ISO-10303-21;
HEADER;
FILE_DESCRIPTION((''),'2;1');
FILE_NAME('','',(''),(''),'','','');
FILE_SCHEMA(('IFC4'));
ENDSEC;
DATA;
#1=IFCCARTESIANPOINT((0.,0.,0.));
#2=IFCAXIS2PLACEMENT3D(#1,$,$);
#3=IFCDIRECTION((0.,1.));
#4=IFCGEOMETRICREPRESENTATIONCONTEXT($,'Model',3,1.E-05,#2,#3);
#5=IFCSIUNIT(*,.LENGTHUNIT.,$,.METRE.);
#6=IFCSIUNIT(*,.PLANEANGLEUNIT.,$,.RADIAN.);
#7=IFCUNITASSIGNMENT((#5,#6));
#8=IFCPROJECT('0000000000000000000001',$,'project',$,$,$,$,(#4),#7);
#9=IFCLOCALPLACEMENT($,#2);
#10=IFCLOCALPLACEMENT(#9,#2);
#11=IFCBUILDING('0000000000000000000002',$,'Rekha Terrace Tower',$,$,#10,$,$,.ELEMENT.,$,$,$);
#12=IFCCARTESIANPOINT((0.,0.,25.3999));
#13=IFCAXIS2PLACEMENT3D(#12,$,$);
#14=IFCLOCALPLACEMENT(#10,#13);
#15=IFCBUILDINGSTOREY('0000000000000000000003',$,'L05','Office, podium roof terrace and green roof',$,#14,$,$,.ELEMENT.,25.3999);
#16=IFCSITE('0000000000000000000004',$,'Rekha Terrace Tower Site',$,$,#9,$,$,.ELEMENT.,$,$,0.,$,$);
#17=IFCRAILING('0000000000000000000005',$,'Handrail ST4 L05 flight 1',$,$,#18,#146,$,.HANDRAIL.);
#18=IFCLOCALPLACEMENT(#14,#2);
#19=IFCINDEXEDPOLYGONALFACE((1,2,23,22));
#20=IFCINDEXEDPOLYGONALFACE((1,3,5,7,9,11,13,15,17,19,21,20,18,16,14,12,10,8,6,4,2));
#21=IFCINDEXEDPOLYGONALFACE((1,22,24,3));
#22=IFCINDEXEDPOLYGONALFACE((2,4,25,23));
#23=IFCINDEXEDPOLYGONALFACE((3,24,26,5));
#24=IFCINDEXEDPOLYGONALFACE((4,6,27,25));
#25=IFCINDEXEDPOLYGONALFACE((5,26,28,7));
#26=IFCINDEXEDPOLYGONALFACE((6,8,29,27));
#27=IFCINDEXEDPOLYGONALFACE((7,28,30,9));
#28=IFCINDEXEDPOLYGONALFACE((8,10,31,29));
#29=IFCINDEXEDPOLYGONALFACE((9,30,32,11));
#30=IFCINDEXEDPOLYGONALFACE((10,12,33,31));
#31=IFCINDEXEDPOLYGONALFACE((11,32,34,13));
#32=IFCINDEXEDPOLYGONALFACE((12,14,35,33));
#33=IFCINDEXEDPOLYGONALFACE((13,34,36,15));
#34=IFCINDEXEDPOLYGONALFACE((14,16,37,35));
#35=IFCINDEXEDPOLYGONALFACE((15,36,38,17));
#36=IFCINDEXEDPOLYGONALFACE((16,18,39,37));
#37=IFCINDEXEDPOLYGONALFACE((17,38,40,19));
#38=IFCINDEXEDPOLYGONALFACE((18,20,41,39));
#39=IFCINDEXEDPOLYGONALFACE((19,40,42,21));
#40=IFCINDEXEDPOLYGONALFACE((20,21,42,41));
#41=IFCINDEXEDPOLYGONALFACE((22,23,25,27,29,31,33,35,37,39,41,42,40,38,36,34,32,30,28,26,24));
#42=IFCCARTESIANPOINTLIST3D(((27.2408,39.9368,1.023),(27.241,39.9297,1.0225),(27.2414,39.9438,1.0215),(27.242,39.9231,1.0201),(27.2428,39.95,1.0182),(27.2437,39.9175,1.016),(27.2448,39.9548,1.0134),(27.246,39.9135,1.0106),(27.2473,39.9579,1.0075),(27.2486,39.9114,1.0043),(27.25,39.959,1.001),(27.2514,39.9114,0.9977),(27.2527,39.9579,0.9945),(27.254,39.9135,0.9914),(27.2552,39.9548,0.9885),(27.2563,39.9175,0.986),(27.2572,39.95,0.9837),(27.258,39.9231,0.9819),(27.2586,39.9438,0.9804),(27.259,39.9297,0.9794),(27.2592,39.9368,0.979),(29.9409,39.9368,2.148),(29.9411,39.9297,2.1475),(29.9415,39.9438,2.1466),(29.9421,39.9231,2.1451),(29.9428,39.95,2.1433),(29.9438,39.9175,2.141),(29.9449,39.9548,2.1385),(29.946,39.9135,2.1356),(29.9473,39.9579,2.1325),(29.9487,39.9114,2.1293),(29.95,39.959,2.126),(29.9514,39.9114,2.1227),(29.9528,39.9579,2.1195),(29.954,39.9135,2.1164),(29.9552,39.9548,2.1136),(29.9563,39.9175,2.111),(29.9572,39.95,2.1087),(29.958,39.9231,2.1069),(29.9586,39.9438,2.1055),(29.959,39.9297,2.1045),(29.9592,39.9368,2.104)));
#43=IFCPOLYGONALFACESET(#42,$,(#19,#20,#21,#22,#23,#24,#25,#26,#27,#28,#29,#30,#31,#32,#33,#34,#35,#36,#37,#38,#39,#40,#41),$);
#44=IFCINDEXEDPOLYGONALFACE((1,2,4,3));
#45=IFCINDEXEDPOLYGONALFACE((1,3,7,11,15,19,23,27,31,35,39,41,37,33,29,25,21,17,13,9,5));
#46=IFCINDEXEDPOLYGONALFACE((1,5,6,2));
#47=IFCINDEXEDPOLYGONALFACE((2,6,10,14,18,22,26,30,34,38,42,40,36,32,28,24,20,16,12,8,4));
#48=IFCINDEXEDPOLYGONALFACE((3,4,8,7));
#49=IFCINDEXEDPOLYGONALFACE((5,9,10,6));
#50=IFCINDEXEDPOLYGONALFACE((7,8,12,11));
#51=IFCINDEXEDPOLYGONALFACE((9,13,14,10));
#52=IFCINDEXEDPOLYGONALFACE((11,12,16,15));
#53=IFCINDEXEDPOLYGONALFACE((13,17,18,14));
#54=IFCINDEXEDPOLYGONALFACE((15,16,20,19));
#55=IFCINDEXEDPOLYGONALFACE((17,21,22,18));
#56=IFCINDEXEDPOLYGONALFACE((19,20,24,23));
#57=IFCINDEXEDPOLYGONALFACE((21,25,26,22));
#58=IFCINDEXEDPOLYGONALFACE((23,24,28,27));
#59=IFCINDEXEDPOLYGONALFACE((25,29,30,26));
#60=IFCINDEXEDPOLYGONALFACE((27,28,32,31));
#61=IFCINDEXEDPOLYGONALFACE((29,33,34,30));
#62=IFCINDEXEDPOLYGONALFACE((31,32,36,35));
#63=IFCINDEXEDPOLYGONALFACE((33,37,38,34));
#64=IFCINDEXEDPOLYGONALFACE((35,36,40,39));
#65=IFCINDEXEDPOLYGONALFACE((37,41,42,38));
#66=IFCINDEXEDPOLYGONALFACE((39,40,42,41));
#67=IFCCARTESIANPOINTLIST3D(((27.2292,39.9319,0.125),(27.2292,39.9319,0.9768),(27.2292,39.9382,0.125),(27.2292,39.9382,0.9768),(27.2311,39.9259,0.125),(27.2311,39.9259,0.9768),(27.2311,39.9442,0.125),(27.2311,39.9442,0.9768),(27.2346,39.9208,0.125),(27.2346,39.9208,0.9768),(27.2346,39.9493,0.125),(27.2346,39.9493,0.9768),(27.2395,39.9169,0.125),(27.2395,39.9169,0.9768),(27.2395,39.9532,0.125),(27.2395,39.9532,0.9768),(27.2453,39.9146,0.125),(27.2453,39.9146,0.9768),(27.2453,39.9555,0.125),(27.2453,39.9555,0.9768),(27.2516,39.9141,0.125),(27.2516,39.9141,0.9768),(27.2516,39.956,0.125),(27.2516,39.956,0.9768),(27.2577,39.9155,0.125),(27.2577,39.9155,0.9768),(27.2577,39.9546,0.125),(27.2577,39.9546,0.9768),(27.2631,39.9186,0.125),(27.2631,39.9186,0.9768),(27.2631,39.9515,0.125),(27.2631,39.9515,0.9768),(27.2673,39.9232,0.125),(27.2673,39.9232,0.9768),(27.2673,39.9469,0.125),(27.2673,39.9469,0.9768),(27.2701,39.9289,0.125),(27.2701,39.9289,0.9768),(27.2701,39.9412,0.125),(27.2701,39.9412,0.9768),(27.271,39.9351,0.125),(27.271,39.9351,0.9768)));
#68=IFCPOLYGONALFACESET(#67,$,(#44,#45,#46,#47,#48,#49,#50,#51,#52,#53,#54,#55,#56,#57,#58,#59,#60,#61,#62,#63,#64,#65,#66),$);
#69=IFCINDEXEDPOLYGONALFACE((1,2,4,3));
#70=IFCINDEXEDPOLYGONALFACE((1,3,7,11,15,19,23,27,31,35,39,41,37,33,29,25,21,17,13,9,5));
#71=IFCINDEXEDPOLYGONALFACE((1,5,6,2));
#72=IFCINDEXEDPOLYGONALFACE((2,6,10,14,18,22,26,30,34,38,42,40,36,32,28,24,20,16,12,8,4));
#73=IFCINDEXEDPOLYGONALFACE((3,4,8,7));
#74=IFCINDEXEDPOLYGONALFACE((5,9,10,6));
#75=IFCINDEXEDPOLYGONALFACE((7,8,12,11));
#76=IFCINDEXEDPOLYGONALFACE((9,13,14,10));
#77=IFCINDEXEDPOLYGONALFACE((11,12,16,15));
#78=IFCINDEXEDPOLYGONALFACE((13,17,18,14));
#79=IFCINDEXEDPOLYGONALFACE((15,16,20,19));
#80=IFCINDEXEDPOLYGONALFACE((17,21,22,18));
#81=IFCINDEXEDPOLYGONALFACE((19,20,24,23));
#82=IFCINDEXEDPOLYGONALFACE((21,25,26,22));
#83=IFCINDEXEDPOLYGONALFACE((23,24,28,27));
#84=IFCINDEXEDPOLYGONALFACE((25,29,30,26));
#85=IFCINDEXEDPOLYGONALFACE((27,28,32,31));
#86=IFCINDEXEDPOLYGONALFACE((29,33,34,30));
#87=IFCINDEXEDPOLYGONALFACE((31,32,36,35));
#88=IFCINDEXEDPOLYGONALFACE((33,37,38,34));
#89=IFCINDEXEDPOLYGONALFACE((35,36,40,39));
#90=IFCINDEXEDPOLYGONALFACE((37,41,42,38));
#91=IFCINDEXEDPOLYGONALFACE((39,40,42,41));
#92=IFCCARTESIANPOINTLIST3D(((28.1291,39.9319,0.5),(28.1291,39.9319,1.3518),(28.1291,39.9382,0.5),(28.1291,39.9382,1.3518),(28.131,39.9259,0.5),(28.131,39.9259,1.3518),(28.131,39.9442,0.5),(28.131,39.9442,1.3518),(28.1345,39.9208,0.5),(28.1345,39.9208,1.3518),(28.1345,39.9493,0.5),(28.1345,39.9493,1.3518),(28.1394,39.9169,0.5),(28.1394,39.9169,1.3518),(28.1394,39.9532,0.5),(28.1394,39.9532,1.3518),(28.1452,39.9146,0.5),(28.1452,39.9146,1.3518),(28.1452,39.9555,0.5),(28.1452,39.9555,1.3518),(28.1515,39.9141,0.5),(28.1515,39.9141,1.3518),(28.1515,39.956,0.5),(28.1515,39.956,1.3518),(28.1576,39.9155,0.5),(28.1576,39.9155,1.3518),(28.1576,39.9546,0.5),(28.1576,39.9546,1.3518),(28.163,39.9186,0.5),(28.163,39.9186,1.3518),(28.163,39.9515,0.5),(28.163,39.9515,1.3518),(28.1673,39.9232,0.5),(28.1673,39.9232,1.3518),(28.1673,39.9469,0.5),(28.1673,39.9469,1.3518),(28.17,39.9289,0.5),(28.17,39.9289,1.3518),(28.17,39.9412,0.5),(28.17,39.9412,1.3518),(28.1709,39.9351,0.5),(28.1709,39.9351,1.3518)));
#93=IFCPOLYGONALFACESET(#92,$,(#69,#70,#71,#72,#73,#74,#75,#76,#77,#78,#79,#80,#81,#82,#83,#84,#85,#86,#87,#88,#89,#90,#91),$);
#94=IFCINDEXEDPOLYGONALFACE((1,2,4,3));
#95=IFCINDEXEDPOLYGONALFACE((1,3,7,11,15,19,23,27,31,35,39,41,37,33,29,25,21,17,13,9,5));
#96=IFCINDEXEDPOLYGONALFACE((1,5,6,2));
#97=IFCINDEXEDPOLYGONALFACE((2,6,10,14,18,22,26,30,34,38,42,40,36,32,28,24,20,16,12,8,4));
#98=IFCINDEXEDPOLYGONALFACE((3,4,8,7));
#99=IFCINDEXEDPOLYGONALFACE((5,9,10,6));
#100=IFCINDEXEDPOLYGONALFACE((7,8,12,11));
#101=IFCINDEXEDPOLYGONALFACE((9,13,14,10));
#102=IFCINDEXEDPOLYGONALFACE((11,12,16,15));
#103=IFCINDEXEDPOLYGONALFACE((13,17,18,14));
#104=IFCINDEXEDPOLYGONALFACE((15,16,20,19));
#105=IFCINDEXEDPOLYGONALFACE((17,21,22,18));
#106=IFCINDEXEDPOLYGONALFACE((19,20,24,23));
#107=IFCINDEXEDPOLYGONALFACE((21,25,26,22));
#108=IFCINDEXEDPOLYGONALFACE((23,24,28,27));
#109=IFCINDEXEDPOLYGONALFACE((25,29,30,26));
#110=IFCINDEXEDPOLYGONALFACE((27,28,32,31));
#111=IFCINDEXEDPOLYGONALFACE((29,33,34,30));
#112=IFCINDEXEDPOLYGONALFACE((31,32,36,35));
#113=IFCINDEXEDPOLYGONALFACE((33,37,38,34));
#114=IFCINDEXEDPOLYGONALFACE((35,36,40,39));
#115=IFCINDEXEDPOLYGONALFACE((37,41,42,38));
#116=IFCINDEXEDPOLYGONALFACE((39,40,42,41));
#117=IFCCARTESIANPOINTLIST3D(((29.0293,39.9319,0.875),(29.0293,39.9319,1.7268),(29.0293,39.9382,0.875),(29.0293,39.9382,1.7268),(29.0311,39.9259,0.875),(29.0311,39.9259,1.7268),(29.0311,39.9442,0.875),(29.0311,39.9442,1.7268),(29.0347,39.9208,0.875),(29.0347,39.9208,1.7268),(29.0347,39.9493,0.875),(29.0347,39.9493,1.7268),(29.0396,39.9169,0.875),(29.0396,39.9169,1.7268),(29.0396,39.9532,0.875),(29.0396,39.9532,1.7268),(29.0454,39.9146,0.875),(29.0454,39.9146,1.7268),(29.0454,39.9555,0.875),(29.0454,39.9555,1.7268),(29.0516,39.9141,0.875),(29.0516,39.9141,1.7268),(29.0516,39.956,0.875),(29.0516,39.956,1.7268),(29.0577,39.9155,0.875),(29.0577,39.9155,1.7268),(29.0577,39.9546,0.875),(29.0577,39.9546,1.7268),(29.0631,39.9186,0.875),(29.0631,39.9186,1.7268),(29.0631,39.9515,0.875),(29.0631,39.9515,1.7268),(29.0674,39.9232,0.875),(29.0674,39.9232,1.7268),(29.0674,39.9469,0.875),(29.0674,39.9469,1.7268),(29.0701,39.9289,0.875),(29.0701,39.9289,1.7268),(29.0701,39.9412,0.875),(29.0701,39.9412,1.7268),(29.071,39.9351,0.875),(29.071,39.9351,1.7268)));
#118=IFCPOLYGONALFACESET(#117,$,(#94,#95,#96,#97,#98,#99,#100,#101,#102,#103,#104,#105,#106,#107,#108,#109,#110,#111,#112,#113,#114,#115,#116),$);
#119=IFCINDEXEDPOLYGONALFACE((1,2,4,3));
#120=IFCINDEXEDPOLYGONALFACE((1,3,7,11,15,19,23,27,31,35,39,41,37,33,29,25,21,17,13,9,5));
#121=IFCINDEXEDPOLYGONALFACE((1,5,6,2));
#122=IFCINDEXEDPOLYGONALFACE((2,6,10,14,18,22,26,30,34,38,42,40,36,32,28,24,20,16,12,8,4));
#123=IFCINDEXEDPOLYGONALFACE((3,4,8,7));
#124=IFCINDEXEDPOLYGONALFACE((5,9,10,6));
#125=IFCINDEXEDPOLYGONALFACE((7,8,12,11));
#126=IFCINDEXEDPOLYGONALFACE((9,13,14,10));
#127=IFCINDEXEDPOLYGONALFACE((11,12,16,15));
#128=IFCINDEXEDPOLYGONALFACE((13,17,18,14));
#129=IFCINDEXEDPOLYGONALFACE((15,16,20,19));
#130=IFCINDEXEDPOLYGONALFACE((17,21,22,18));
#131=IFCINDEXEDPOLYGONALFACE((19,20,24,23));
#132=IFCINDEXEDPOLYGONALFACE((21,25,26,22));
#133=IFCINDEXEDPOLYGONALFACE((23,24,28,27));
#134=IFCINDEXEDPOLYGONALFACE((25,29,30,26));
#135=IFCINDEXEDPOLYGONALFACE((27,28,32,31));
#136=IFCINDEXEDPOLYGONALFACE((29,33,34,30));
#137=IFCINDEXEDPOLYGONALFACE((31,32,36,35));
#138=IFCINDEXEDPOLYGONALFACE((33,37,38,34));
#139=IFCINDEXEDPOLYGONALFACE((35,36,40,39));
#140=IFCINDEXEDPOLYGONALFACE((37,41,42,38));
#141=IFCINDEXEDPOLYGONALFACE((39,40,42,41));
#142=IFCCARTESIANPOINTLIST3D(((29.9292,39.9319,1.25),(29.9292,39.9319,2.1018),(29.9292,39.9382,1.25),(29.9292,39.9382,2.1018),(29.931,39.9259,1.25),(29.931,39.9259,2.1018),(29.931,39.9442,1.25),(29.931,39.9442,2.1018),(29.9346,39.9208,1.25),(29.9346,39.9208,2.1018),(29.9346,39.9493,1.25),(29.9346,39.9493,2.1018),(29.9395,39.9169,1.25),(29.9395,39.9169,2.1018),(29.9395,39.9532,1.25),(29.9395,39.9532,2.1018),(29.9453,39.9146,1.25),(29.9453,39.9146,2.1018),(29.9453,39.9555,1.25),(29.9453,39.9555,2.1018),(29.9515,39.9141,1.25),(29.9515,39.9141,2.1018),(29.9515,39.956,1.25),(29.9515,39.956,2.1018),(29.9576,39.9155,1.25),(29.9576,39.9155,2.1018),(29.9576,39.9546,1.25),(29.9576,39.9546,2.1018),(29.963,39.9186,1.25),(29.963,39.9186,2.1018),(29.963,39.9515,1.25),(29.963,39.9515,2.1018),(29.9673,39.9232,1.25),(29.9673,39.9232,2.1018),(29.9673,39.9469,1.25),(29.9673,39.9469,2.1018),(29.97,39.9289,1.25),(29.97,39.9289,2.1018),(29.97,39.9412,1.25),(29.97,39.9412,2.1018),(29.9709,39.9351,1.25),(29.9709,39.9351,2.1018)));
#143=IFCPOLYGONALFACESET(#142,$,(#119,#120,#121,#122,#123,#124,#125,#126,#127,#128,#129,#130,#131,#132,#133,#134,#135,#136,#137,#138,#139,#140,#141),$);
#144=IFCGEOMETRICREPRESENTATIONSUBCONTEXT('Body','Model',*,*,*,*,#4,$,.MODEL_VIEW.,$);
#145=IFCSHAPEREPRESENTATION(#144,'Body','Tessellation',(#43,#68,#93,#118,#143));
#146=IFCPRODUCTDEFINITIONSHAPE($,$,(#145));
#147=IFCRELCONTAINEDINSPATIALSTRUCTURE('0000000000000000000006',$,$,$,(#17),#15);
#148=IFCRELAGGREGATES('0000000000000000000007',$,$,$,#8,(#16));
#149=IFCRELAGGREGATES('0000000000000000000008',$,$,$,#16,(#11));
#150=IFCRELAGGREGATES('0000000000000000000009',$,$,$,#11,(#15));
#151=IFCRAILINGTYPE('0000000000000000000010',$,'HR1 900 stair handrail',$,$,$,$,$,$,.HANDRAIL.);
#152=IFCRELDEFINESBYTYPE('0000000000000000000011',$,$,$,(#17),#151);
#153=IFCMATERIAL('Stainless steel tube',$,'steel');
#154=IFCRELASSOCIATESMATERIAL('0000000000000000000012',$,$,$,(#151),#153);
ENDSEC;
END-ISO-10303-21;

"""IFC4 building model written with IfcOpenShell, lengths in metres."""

from ifc_helpers import new_model, si_unit, direction, frame, origin, origin_2d, place, context, subcontext, project, spatial, circle, extrude, material, type_object, element, save


model = new_model("IFC4")

# Units and contexts
model_context = context("Model", 3, precision=1e-05, world=origin(), true_north=direction((0.0, 1.0)))
body_context = subcontext(model_context, "Body", "Model", "MODEL_VIEW")
ifc_project = project(units=[si_unit("LENGTHUNIT", "METRE"), si_unit("PLANEANGLEUNIT", "RADIAN")], contexts=[model_context])

# Site, building, storey
site_placement = place(None, origin())
site = spatial("IfcSite", under=ifc_project, at=site_placement, Name="Rekha Terrace Tower Site", CompositionType="ELEMENT", RefElevation=0.0)
building_placement = place(site_placement, origin())
building = spatial("IfcBuilding", under=site, at=building_placement, Name="Rekha Terrace Tower", CompositionType="ELEMENT")
storey_placement = place(building_placement, frame((0.0, 0.0, 25.3999)))
storey = spatial("IfcBuildingStorey", under=building, at=storey_placement, Name="L05", Description="Office, podium roof terrace and green roof", CompositionType="ELEMENT", Elevation=25.3999)

# Railing
ifc_material_1 = material(Name="Stainless steel tube", Category="steel")
railing_type_1 = type_object("IfcRailingType", Name="HR1 900 stair handrail", PredefinedType="HANDRAIL", material=ifc_material_1)
railing_1_placement = place(storey_placement, frame((27.25, 39.9351, 0.125)))
element("IfcRailing", 1, at=railing_1_placement, inside=storey, type_object=railing_type_1, Name="Handrail ST4 L05 flight 1", PredefinedType="HANDRAIL", context=body_context, shape_type="SweptSolid", body=[
    extrude(circle(Radius=0.0239, at=origin_2d()), frame((0.0, 0.0, 0.876), z_axis=(0.923074, 0.0, 0.384621), x_axis=(0.0, 1.0, 0.0)), (0.0, 0.0, 1.0), 2.925),
    extrude(circle(Radius=0.021, at=origin_2d()), origin(), (0.0, 0.0, 1.0), 0.8518),
    extrude(circle(Radius=0.021, at=origin_2d()), frame((0.8999, 0.0, 0.375)), (0.0, 0.0, 1.0), 0.8518),
    extrude(circle(Radius=0.021, at=origin_2d()), frame((1.8, 0.0, 0.75)), (0.0, 0.0, 1.0), 0.8518),
    extrude(circle(Radius=0.021, at=origin_2d()), frame((2.7, 0.0, 1.125)), (0.0, 0.0, 1.0), 0.8518),
])

save(model, "model.ifc")
